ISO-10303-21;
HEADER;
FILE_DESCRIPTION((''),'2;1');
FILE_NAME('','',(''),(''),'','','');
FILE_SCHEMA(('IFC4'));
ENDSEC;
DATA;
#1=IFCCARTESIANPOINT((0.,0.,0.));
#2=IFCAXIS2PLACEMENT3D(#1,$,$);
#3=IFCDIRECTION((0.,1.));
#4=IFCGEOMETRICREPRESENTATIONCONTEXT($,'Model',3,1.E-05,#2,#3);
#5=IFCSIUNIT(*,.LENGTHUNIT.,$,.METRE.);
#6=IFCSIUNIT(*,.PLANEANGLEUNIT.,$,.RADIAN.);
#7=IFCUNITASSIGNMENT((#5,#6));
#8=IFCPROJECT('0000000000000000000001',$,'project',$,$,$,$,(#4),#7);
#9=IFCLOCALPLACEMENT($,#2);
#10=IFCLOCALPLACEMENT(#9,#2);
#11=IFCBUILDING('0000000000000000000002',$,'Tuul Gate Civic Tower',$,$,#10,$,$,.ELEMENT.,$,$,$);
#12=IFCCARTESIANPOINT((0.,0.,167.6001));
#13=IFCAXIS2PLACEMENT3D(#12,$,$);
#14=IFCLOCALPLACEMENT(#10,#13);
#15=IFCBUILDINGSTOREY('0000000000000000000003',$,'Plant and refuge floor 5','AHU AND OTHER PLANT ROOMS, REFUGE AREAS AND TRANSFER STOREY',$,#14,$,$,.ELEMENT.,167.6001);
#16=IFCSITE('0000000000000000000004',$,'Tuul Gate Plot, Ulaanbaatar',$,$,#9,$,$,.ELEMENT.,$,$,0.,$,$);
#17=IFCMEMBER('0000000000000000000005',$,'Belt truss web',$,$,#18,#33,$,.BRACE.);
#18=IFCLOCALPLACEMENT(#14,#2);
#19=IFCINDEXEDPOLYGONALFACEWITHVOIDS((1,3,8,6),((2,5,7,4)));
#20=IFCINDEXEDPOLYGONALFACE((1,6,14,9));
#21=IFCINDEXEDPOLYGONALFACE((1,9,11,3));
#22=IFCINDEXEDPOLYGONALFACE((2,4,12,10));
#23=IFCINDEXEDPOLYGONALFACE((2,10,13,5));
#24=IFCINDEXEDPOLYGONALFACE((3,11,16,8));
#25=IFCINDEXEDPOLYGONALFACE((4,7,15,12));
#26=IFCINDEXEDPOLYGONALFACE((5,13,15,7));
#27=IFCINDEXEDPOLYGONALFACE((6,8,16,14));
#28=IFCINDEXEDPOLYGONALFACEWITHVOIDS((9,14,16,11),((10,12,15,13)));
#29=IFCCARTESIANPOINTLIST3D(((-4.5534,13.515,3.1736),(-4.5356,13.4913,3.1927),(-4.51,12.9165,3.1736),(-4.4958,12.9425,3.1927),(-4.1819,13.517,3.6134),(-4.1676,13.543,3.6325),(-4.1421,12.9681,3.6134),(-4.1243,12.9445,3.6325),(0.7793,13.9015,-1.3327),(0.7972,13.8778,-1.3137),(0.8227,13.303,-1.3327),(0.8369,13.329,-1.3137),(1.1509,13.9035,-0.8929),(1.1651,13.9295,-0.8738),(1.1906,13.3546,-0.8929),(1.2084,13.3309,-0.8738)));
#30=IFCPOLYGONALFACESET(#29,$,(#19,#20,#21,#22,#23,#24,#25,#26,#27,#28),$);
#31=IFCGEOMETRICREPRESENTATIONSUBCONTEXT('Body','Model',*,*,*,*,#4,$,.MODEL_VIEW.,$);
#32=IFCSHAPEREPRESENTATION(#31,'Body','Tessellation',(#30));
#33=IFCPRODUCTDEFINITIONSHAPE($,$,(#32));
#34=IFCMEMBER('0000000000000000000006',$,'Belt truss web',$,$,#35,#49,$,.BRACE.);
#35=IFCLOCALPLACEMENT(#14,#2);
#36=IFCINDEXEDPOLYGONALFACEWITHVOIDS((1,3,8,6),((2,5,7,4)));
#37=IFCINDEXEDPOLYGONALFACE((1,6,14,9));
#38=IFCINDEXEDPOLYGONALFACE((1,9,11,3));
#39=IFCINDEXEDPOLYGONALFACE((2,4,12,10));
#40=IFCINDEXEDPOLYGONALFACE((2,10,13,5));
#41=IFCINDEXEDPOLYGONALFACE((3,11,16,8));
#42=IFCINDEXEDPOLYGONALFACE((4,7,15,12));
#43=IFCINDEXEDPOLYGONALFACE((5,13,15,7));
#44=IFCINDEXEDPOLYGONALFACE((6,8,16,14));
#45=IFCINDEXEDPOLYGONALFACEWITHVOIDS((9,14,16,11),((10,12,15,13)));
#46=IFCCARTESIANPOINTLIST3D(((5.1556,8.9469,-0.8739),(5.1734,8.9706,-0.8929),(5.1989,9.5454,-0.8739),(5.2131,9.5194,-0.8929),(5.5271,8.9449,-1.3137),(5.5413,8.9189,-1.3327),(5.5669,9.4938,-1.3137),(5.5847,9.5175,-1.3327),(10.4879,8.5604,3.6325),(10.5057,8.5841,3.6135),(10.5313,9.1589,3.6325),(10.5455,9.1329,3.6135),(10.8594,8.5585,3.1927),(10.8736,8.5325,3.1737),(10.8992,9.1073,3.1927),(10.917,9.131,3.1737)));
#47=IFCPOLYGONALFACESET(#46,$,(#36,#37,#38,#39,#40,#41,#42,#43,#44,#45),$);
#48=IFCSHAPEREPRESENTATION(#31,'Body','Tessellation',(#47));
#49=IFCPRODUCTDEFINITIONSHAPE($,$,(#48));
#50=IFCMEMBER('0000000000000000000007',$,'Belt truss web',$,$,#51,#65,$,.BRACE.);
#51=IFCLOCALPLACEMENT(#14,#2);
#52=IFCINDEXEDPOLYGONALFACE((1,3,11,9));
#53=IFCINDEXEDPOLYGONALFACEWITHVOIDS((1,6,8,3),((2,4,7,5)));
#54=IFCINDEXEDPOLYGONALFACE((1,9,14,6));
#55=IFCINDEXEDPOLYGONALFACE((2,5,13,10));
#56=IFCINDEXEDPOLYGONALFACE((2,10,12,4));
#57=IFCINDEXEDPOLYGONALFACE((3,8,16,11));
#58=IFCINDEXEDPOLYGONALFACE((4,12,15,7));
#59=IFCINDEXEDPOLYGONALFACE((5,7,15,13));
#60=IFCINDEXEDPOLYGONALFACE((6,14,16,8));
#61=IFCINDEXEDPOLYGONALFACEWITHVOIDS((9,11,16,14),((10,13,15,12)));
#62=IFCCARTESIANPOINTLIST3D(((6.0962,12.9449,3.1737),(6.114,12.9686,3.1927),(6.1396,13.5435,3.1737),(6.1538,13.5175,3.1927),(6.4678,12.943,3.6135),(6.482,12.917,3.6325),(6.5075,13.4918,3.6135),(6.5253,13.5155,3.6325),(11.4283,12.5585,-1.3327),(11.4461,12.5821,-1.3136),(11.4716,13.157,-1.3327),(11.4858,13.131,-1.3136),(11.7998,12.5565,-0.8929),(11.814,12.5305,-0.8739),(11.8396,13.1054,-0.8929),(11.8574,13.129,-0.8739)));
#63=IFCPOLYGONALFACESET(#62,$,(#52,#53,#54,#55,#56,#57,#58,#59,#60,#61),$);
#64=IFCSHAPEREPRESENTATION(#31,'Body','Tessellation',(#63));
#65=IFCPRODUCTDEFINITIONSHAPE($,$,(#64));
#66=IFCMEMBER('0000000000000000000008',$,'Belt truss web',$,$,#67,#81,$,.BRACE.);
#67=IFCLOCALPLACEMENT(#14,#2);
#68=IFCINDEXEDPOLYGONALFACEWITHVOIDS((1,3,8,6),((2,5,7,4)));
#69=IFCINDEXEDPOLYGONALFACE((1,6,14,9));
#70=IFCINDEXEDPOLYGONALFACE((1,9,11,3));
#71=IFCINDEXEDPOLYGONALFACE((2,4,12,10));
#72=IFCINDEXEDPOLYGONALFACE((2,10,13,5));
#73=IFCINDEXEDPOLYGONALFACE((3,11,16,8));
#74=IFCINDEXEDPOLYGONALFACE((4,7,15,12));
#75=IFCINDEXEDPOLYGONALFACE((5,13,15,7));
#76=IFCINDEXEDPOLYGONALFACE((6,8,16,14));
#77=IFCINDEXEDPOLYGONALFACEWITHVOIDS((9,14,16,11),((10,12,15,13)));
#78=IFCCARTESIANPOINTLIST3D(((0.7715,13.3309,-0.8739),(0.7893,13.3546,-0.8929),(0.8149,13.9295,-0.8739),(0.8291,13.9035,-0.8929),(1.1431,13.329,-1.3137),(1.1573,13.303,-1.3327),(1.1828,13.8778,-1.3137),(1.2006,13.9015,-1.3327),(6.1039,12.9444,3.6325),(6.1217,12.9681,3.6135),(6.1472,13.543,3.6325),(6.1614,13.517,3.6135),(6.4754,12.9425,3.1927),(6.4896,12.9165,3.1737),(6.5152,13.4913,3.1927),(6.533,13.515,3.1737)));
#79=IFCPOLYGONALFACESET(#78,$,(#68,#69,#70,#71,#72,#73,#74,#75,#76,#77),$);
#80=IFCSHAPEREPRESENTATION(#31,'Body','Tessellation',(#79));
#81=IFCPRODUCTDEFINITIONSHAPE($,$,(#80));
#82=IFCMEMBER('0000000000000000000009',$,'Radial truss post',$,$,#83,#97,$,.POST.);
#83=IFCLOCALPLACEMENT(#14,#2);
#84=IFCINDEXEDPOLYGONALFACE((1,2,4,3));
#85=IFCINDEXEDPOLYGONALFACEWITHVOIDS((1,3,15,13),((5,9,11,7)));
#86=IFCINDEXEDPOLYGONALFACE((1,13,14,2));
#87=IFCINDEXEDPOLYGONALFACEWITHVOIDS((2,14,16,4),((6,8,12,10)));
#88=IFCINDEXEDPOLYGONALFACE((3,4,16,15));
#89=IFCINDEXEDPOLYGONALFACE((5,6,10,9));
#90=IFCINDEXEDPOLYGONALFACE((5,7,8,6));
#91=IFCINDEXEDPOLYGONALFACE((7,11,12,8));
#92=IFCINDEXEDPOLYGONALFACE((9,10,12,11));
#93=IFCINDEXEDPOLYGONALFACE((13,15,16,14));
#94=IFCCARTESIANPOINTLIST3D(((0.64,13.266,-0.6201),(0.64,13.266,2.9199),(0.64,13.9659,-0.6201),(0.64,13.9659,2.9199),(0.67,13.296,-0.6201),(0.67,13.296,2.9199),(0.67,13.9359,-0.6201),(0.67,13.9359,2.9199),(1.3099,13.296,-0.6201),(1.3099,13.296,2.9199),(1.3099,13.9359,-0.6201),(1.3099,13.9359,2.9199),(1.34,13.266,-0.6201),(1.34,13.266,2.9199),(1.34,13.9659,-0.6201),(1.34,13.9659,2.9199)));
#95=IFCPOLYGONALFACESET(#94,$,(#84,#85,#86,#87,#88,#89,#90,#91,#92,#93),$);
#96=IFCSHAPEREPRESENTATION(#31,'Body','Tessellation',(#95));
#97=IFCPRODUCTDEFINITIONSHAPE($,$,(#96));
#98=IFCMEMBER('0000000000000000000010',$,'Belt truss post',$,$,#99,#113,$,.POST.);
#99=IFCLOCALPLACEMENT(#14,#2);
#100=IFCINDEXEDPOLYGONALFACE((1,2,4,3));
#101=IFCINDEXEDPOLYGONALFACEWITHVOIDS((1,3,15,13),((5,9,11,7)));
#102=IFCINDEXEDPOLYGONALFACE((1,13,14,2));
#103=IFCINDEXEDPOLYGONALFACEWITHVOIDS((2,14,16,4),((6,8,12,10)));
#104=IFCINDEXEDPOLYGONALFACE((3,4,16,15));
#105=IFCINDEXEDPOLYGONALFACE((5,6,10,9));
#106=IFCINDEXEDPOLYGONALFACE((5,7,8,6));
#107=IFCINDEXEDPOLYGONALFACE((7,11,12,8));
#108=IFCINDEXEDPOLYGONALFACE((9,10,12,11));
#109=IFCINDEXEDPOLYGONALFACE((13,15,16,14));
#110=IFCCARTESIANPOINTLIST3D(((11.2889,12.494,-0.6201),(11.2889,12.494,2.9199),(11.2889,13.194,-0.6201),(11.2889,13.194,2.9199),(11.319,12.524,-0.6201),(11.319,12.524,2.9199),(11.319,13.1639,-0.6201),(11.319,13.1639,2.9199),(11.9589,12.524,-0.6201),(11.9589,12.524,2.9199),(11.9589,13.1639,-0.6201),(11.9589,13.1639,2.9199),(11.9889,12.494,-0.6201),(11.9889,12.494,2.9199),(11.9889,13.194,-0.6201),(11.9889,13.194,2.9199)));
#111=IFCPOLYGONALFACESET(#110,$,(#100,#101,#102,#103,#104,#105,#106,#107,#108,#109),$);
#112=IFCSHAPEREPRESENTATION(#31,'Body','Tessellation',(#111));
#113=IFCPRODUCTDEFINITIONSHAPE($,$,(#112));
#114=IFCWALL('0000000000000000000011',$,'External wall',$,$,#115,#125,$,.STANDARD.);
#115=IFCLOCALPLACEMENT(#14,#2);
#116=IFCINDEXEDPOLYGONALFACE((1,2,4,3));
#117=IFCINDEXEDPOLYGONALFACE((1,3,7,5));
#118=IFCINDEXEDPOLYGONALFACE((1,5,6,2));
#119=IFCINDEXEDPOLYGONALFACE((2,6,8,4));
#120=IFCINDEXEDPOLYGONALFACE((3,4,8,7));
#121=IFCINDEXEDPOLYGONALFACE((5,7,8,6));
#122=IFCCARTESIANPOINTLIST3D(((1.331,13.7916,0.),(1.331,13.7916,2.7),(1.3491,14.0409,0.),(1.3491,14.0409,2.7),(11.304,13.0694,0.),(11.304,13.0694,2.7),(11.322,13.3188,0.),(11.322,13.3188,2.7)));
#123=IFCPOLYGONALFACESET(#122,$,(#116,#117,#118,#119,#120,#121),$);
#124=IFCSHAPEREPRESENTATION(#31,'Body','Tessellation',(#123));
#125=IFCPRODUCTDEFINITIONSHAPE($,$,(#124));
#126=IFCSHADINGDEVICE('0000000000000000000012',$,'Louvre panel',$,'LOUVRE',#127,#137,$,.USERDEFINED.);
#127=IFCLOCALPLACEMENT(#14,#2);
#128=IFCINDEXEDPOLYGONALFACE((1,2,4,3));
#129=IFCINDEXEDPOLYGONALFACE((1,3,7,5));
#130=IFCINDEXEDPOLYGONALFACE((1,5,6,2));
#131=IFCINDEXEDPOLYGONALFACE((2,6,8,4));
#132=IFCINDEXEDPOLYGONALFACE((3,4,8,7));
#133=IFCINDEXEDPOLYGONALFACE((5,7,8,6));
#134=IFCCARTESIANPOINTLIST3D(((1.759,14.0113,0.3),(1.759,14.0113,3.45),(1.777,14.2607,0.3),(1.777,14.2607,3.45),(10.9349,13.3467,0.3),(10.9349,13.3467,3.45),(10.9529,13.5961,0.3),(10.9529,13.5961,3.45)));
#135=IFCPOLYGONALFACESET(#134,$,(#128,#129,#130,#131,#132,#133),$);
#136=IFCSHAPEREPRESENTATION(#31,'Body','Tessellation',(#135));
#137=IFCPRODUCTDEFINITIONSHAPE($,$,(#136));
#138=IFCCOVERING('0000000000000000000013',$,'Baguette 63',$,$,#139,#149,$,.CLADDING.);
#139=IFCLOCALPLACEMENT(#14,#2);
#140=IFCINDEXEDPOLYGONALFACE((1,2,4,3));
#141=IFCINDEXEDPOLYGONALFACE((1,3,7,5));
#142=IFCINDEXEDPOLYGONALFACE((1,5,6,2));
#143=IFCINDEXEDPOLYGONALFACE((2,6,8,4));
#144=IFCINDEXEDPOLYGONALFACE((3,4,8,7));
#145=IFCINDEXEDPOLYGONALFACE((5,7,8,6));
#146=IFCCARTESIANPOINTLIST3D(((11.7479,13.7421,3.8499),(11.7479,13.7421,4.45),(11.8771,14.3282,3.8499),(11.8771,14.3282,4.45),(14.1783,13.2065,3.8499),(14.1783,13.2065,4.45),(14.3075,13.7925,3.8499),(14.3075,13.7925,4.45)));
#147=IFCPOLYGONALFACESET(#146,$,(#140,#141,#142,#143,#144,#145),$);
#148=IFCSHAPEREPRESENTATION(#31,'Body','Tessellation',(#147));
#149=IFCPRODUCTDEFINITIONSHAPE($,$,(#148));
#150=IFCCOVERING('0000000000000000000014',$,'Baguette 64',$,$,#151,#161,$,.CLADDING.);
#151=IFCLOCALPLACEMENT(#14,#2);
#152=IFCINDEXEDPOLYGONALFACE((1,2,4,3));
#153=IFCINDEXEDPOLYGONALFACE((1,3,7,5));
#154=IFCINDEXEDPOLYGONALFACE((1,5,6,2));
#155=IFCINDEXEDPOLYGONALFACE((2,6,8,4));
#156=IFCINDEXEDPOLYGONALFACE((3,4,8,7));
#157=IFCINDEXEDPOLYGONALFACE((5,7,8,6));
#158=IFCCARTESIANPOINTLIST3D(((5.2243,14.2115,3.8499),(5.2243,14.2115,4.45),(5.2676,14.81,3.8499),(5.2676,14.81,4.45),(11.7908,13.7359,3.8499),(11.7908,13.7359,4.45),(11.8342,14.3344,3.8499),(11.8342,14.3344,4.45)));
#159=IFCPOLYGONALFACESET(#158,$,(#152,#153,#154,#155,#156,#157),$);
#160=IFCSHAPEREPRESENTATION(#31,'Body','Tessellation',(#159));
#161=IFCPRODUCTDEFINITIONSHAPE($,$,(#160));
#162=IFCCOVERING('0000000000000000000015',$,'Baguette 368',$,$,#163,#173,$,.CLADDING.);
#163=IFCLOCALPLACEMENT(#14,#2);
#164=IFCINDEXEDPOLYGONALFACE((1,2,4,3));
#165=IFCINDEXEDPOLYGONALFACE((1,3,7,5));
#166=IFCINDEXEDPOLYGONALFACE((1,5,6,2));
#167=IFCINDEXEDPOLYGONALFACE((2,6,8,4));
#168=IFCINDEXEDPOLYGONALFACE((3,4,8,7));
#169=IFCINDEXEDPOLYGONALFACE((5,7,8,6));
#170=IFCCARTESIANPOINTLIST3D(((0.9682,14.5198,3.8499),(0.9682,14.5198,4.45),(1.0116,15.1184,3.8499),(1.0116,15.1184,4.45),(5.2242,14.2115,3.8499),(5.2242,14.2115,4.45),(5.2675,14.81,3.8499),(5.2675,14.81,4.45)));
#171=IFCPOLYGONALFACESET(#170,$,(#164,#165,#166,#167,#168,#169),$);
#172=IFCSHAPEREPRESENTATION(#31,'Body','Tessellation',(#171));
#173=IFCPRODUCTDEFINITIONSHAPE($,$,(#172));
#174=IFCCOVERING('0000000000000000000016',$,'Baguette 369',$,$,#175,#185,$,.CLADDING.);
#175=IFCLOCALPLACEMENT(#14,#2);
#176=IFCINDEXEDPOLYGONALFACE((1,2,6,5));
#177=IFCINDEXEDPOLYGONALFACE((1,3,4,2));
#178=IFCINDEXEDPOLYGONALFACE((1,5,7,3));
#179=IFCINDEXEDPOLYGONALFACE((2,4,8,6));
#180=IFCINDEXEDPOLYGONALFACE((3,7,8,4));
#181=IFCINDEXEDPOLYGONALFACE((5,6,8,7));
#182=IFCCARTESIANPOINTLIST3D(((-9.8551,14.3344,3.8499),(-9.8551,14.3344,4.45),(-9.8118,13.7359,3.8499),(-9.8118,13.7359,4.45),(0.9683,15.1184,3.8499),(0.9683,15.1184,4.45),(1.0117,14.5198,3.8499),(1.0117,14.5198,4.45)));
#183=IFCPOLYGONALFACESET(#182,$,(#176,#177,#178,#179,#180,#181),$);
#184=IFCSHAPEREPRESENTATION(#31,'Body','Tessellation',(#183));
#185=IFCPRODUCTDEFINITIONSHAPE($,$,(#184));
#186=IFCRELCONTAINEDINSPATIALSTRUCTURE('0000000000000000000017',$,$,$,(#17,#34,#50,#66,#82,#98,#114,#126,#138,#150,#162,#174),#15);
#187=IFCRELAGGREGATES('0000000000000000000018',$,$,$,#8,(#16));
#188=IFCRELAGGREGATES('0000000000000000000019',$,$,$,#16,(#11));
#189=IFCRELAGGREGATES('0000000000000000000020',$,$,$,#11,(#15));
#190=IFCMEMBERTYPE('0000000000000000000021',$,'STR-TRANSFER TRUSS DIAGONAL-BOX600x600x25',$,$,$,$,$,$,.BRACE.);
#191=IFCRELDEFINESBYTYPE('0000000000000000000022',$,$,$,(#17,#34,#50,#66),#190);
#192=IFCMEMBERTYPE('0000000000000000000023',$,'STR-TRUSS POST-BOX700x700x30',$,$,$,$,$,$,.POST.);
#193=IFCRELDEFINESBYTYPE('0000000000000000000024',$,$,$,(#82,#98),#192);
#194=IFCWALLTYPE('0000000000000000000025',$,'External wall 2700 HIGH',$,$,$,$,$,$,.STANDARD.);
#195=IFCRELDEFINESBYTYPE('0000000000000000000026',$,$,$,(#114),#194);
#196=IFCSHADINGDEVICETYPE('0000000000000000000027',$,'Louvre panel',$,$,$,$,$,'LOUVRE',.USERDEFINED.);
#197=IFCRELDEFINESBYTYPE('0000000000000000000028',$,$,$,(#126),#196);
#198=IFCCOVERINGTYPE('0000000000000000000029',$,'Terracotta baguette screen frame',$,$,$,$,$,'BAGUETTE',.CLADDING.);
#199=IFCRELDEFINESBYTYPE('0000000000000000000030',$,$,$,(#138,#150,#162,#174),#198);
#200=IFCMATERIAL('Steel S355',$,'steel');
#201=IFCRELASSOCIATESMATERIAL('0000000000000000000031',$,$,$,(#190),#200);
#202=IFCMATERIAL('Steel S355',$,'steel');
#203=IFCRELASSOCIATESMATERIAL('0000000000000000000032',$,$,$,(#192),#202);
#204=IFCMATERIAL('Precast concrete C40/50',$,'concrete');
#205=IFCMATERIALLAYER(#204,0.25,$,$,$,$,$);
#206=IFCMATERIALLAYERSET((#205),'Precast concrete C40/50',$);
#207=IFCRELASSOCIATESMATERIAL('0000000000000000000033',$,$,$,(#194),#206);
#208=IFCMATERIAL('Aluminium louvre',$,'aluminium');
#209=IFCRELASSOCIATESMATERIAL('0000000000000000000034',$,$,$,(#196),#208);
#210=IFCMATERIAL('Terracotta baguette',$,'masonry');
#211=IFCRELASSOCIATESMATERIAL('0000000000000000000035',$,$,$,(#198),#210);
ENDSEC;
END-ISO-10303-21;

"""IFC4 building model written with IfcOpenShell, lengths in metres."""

from ifc_helpers import new_model, si_unit, direction, frame, frame_2d, origin, origin_2d, place, context, subcontext, project, spatial, rectangle, hollow_rectangle, extrude, material, layer, layer_set, material_profile, profile_set, type_object, element, save


model = new_model("IFC4")

# Units and contexts
model_context = context("Model", 3, precision=1e-05, world=origin(), true_north=direction((0.0, 1.0)))
body_context = subcontext(model_context, "Body", "Model", "MODEL_VIEW")
ifc_project = project(units=[si_unit("LENGTHUNIT", "METRE"), si_unit("PLANEANGLEUNIT", "RADIAN")], contexts=[model_context])

# Site, building, storey
site_placement = place(None, origin())
site = spatial("IfcSite", under=ifc_project, at=site_placement, Name="Tuul Gate Plot, Ulaanbaatar", CompositionType="ELEMENT", RefElevation=0.0)
building_placement = place(site_placement, origin())
building = spatial("IfcBuilding", under=site, at=building_placement, Name="Tuul Gate Civic Tower", CompositionType="ELEMENT")
storey_placement = place(building_placement, frame((0.0, 0.0, 167.6001)))
storey = spatial("IfcBuildingStorey", under=building, at=storey_placement, Name="Plant and refuge floor 5", Description="AHU AND OTHER PLANT ROOMS, REFUGE AREAS AND TRANSFER STOREY", CompositionType="ELEMENT", Elevation=167.6001)

# Members
ifc_material_1 = material(Name="Steel S355", Category="steel")
ifc_material_profile_1 = material_profile(ifc_material_1, hollow_rectangle(XDim=0.6001, YDim=0.6001, WallThickness=0.0249, at=origin_2d()), Name="BOX600x600x25")
ifc_profile_set_1 = profile_set([ifc_material_profile_1], Name="Steel S355")
member_type_1 = type_object("IfcMemberType", Name="STR-TRANSFER TRUSS DIAGONAL-BOX600x600x25", PredefinedType="BRACE", material=ifc_profile_set_1)
for number, where, z_axis, x_axis, name in (
    (1, (0.9939, 13.6162, -1.1033), (-0.762642, -0.05527, 0.644455), (0.072282, -0.997384, 0.0), "Belt truss web"),
):
    element("IfcMember", number, at=place(storey_placement, frame(where, z_axis=z_axis, x_axis=x_axis)), inside=storey, type_object=member_type_1, Name=name, PredefinedType="BRACE", context=body_context, shape_type="SweptSolid", body=[
        extrude(hollow_rectangle(XDim=0.6001, YDim=0.6001, WallThickness=0.0249, at=origin_2d()), origin(), (0.0, 0.0, 1.0), 6.9924),
    ])
member_1_placement = place(storey_placement, frame((5.3701, 9.2322, -1.1033), z_axis=(0.762612, -0.055273, 0.64449), x_axis=(0.072289, 0.997384, 0.0)))
element("IfcMember", 2, at=member_1_placement, inside=storey, type_object=member_type_1, Name="Belt truss web", PredefinedType="BRACE", context=body_context, shape_type="SweptSolid", body=[
    extrude(hollow_rectangle(XDim=0.6001, YDim=0.6001, WallThickness=0.0249, at=origin_2d()), origin(), (0.0, 0.0, 1.0), 6.9922),
])
member_2_placement = place(storey_placement, frame((11.6428, 12.8438, -1.1033), z_axis=(-0.762598, 0.055274, 0.644507), x_axis=(-0.072292, -0.997384, 0.0)))
element("IfcMember", 3, at=member_2_placement, inside=storey, type_object=member_type_1, Name="Belt truss web", PredefinedType="BRACE", context=body_context, shape_type="SweptSolid", body=[
    extrude(hollow_rectangle(XDim=0.6001, YDim=0.6001, WallThickness=0.0249, at=origin_2d()), origin(), (0.0, 0.0, 1.0), 6.9919),
])
member_3_placement = place(storey_placement, frame((0.9861, 13.6162, -1.1033), z_axis=(0.762612, -0.055273, 0.64449), x_axis=(0.072289, 0.997384, 0.0)))
element("IfcMember", 4, at=member_3_placement, inside=storey, type_object=member_type_1, Name="Belt truss web", PredefinedType="BRACE", context=body_context, shape_type="SweptSolid", body=[
    extrude(hollow_rectangle(XDim=0.6001, YDim=0.6001, WallThickness=0.0249, at=origin_2d()), origin(), (0.0, 0.0, 1.0), 6.9922),
])
ifc_material_2 = material(Name="Steel S355", Category="steel")
ifc_material_profile_2 = material_profile(ifc_material_2, hollow_rectangle(XDim=0.7, YDim=0.7, WallThickness=0.03, at=origin_2d()), Name="BOX700x700x30")
ifc_profile_set_2 = profile_set([ifc_material_profile_2], Name="Steel S355")
member_type_2 = type_object("IfcMemberType", Name="STR-TRUSS POST-BOX700x700x30", PredefinedType="POST", material=ifc_profile_set_2)
for number, where, z_axis, x_axis, name in (
    (5, (0.99, 13.616, -0.6201), (0.0, 0.0, 1.0), (1.0, 0.0, 0.0), "Radial truss post"),
    (6, (11.6389, 12.844, -0.6201), (0.0, 0.0, 1.0), (1.0, 0.0, 0.0), "Belt truss post"),
):
    element("IfcMember", number, at=place(storey_placement, frame(where, z_axis=z_axis, x_axis=x_axis)), inside=storey, type_object=member_type_2, Name=name, PredefinedType="POST", context=body_context, shape_type="SweptSolid", body=[
        extrude(hollow_rectangle(XDim=0.7, YDim=0.7, WallThickness=0.03, at=origin_2d()), origin(), (0.0, 0.0, 1.0), 3.54),
    ])

# Wall
ifc_material_3 = material(Name="Precast concrete C40/50", Category="concrete")
ifc_layer = layer(ifc_material_3, 0.25)
ifc_layer_set = layer_set([ifc_layer], Name="Precast concrete C40/50")
wall_type = type_object("IfcWallType", Name="External wall 2700 HIGH", PredefinedType="STANDARD", material=ifc_layer_set)
wall_placement = place(storey_placement, frame((11.313, 13.1941, 0.0), z_axis=(0.0, 0.0, 1.0), x_axis=(-0.997388, 0.072224, 0.0)))
element("IfcWall", 7, at=wall_placement, inside=storey, type_object=wall_type, Name="External wall", PredefinedType="STANDARD", context=body_context, shape_type="SweptSolid", body=[
    extrude(rectangle(XDim=9.999, YDim=0.25, at=frame_2d((4.9995, 0.0))), origin(), (0.0, 0.0, 1.0), 2.7),
])

# Shading device
ifc_material_4 = material(Name="Aluminium louvre", Category="aluminium")
shading_device_type = type_object("IfcShadingDeviceType", Name="Louvre panel", ElementType="LOUVRE", PredefinedType="USERDEFINED", material=ifc_material_4)
shading_device_placement = place(storey_placement, frame((6.356, 13.8037, 0.3), z_axis=(0.0, 0.0, 1.0), x_axis=(0.072239, 0.997387, 0.0)))
element("IfcShadingDevice", 8, at=shading_device_placement, inside=storey, type_object=shading_device_type, Name="Louvre panel", ObjectType="LOUVRE", PredefinedType="USERDEFINED", context=body_context, shape_type="SweptSolid", body=[
    extrude(rectangle(XDim=0.25, YDim=9.2, at=origin_2d()), origin(), (0.0, 0.0, 1.0), 3.1499),
])

# Coverings
ifc_material_5 = material(Name="Terracotta baguette", Category="masonry")
ifc_material_profile_3 = material_profile(ifc_material_5, rectangle(XDim=0.6001, YDim=0.6001, at=origin_2d()), Name="Terracotta baguette screen frame")
ifc_profile_set_3 = profile_set([ifc_material_profile_3], Name="Terracotta baguette")
covering_type = type_object("IfcCoveringType", Name="Terracotta baguette screen frame", ElementType="BAGUETTE", PredefinedType="CLADDING", material=ifc_profile_set_3)
covering_1_placement = place(storey_placement, frame((14.2429, 13.4995, 4.1499), z_axis=(-0.976564, 0.215227, 0.0), x_axis=(-0.215227, -0.976564, 0.0)))
element("IfcCovering", 9, at=covering_1_placement, inside=storey, type_object=covering_type, Name="Baguette 63", PredefinedType="CLADDING", context=body_context, shape_type="SweptSolid", body=[
    extrude(rectangle(XDim=0.6001, YDim=0.6001, at=origin_2d()), origin(), (0.0, 0.0, 1.0), 2.4888),
])
covering_2_placement = place(storey_placement, frame((11.8125, 14.0352, 4.1499), z_axis=(-0.997388, 0.072235, 0.0), x_axis=(-0.072235, -0.997388, 0.0)))
element("IfcCovering", 10, at=covering_2_placement, inside=storey, type_object=covering_type, Name="Baguette 64", PredefinedType="CLADDING", context=body_context, shape_type="SweptSolid", body=[
    extrude(rectangle(XDim=0.6001, YDim=0.6001, at=origin_2d()), origin(), (0.0, 0.0, 1.0), 6.5837),
])
covering_3_placement = place(storey_placement, frame((5.2458, 14.5107, 4.1499), z_axis=(-0.997386, 0.072264, 0.0), x_axis=(-0.072264, -0.997386, 0.0)))
element("IfcCovering", 11, at=covering_3_placement, inside=storey, type_object=covering_type, Name="Baguette 368", PredefinedType="CLADDING", context=body_context, shape_type="SweptSolid", body=[
    extrude(rectangle(XDim=0.6001, YDim=0.6001, at=origin_2d()), origin(), (0.0, 0.0, 1.0), 4.2671),
])
covering_4_placement = place(storey_placement, frame((0.99, 14.8191, 4.1499), z_axis=(-0.997387, -0.07224, 0.0), x_axis=(0.07224, -0.997387, 0.0)))
element("IfcCovering", 12, at=covering_4_placement, inside=storey, type_object=covering_type, Name="Baguette 369", PredefinedType="CLADDING", context=body_context, shape_type="SweptSolid", body=[
    extrude(rectangle(XDim=0.6001, YDim=0.6001, at=origin_2d()), origin(), (0.0, 0.0, 1.0), 10.8518),
])

save(model, "model.ifc")
